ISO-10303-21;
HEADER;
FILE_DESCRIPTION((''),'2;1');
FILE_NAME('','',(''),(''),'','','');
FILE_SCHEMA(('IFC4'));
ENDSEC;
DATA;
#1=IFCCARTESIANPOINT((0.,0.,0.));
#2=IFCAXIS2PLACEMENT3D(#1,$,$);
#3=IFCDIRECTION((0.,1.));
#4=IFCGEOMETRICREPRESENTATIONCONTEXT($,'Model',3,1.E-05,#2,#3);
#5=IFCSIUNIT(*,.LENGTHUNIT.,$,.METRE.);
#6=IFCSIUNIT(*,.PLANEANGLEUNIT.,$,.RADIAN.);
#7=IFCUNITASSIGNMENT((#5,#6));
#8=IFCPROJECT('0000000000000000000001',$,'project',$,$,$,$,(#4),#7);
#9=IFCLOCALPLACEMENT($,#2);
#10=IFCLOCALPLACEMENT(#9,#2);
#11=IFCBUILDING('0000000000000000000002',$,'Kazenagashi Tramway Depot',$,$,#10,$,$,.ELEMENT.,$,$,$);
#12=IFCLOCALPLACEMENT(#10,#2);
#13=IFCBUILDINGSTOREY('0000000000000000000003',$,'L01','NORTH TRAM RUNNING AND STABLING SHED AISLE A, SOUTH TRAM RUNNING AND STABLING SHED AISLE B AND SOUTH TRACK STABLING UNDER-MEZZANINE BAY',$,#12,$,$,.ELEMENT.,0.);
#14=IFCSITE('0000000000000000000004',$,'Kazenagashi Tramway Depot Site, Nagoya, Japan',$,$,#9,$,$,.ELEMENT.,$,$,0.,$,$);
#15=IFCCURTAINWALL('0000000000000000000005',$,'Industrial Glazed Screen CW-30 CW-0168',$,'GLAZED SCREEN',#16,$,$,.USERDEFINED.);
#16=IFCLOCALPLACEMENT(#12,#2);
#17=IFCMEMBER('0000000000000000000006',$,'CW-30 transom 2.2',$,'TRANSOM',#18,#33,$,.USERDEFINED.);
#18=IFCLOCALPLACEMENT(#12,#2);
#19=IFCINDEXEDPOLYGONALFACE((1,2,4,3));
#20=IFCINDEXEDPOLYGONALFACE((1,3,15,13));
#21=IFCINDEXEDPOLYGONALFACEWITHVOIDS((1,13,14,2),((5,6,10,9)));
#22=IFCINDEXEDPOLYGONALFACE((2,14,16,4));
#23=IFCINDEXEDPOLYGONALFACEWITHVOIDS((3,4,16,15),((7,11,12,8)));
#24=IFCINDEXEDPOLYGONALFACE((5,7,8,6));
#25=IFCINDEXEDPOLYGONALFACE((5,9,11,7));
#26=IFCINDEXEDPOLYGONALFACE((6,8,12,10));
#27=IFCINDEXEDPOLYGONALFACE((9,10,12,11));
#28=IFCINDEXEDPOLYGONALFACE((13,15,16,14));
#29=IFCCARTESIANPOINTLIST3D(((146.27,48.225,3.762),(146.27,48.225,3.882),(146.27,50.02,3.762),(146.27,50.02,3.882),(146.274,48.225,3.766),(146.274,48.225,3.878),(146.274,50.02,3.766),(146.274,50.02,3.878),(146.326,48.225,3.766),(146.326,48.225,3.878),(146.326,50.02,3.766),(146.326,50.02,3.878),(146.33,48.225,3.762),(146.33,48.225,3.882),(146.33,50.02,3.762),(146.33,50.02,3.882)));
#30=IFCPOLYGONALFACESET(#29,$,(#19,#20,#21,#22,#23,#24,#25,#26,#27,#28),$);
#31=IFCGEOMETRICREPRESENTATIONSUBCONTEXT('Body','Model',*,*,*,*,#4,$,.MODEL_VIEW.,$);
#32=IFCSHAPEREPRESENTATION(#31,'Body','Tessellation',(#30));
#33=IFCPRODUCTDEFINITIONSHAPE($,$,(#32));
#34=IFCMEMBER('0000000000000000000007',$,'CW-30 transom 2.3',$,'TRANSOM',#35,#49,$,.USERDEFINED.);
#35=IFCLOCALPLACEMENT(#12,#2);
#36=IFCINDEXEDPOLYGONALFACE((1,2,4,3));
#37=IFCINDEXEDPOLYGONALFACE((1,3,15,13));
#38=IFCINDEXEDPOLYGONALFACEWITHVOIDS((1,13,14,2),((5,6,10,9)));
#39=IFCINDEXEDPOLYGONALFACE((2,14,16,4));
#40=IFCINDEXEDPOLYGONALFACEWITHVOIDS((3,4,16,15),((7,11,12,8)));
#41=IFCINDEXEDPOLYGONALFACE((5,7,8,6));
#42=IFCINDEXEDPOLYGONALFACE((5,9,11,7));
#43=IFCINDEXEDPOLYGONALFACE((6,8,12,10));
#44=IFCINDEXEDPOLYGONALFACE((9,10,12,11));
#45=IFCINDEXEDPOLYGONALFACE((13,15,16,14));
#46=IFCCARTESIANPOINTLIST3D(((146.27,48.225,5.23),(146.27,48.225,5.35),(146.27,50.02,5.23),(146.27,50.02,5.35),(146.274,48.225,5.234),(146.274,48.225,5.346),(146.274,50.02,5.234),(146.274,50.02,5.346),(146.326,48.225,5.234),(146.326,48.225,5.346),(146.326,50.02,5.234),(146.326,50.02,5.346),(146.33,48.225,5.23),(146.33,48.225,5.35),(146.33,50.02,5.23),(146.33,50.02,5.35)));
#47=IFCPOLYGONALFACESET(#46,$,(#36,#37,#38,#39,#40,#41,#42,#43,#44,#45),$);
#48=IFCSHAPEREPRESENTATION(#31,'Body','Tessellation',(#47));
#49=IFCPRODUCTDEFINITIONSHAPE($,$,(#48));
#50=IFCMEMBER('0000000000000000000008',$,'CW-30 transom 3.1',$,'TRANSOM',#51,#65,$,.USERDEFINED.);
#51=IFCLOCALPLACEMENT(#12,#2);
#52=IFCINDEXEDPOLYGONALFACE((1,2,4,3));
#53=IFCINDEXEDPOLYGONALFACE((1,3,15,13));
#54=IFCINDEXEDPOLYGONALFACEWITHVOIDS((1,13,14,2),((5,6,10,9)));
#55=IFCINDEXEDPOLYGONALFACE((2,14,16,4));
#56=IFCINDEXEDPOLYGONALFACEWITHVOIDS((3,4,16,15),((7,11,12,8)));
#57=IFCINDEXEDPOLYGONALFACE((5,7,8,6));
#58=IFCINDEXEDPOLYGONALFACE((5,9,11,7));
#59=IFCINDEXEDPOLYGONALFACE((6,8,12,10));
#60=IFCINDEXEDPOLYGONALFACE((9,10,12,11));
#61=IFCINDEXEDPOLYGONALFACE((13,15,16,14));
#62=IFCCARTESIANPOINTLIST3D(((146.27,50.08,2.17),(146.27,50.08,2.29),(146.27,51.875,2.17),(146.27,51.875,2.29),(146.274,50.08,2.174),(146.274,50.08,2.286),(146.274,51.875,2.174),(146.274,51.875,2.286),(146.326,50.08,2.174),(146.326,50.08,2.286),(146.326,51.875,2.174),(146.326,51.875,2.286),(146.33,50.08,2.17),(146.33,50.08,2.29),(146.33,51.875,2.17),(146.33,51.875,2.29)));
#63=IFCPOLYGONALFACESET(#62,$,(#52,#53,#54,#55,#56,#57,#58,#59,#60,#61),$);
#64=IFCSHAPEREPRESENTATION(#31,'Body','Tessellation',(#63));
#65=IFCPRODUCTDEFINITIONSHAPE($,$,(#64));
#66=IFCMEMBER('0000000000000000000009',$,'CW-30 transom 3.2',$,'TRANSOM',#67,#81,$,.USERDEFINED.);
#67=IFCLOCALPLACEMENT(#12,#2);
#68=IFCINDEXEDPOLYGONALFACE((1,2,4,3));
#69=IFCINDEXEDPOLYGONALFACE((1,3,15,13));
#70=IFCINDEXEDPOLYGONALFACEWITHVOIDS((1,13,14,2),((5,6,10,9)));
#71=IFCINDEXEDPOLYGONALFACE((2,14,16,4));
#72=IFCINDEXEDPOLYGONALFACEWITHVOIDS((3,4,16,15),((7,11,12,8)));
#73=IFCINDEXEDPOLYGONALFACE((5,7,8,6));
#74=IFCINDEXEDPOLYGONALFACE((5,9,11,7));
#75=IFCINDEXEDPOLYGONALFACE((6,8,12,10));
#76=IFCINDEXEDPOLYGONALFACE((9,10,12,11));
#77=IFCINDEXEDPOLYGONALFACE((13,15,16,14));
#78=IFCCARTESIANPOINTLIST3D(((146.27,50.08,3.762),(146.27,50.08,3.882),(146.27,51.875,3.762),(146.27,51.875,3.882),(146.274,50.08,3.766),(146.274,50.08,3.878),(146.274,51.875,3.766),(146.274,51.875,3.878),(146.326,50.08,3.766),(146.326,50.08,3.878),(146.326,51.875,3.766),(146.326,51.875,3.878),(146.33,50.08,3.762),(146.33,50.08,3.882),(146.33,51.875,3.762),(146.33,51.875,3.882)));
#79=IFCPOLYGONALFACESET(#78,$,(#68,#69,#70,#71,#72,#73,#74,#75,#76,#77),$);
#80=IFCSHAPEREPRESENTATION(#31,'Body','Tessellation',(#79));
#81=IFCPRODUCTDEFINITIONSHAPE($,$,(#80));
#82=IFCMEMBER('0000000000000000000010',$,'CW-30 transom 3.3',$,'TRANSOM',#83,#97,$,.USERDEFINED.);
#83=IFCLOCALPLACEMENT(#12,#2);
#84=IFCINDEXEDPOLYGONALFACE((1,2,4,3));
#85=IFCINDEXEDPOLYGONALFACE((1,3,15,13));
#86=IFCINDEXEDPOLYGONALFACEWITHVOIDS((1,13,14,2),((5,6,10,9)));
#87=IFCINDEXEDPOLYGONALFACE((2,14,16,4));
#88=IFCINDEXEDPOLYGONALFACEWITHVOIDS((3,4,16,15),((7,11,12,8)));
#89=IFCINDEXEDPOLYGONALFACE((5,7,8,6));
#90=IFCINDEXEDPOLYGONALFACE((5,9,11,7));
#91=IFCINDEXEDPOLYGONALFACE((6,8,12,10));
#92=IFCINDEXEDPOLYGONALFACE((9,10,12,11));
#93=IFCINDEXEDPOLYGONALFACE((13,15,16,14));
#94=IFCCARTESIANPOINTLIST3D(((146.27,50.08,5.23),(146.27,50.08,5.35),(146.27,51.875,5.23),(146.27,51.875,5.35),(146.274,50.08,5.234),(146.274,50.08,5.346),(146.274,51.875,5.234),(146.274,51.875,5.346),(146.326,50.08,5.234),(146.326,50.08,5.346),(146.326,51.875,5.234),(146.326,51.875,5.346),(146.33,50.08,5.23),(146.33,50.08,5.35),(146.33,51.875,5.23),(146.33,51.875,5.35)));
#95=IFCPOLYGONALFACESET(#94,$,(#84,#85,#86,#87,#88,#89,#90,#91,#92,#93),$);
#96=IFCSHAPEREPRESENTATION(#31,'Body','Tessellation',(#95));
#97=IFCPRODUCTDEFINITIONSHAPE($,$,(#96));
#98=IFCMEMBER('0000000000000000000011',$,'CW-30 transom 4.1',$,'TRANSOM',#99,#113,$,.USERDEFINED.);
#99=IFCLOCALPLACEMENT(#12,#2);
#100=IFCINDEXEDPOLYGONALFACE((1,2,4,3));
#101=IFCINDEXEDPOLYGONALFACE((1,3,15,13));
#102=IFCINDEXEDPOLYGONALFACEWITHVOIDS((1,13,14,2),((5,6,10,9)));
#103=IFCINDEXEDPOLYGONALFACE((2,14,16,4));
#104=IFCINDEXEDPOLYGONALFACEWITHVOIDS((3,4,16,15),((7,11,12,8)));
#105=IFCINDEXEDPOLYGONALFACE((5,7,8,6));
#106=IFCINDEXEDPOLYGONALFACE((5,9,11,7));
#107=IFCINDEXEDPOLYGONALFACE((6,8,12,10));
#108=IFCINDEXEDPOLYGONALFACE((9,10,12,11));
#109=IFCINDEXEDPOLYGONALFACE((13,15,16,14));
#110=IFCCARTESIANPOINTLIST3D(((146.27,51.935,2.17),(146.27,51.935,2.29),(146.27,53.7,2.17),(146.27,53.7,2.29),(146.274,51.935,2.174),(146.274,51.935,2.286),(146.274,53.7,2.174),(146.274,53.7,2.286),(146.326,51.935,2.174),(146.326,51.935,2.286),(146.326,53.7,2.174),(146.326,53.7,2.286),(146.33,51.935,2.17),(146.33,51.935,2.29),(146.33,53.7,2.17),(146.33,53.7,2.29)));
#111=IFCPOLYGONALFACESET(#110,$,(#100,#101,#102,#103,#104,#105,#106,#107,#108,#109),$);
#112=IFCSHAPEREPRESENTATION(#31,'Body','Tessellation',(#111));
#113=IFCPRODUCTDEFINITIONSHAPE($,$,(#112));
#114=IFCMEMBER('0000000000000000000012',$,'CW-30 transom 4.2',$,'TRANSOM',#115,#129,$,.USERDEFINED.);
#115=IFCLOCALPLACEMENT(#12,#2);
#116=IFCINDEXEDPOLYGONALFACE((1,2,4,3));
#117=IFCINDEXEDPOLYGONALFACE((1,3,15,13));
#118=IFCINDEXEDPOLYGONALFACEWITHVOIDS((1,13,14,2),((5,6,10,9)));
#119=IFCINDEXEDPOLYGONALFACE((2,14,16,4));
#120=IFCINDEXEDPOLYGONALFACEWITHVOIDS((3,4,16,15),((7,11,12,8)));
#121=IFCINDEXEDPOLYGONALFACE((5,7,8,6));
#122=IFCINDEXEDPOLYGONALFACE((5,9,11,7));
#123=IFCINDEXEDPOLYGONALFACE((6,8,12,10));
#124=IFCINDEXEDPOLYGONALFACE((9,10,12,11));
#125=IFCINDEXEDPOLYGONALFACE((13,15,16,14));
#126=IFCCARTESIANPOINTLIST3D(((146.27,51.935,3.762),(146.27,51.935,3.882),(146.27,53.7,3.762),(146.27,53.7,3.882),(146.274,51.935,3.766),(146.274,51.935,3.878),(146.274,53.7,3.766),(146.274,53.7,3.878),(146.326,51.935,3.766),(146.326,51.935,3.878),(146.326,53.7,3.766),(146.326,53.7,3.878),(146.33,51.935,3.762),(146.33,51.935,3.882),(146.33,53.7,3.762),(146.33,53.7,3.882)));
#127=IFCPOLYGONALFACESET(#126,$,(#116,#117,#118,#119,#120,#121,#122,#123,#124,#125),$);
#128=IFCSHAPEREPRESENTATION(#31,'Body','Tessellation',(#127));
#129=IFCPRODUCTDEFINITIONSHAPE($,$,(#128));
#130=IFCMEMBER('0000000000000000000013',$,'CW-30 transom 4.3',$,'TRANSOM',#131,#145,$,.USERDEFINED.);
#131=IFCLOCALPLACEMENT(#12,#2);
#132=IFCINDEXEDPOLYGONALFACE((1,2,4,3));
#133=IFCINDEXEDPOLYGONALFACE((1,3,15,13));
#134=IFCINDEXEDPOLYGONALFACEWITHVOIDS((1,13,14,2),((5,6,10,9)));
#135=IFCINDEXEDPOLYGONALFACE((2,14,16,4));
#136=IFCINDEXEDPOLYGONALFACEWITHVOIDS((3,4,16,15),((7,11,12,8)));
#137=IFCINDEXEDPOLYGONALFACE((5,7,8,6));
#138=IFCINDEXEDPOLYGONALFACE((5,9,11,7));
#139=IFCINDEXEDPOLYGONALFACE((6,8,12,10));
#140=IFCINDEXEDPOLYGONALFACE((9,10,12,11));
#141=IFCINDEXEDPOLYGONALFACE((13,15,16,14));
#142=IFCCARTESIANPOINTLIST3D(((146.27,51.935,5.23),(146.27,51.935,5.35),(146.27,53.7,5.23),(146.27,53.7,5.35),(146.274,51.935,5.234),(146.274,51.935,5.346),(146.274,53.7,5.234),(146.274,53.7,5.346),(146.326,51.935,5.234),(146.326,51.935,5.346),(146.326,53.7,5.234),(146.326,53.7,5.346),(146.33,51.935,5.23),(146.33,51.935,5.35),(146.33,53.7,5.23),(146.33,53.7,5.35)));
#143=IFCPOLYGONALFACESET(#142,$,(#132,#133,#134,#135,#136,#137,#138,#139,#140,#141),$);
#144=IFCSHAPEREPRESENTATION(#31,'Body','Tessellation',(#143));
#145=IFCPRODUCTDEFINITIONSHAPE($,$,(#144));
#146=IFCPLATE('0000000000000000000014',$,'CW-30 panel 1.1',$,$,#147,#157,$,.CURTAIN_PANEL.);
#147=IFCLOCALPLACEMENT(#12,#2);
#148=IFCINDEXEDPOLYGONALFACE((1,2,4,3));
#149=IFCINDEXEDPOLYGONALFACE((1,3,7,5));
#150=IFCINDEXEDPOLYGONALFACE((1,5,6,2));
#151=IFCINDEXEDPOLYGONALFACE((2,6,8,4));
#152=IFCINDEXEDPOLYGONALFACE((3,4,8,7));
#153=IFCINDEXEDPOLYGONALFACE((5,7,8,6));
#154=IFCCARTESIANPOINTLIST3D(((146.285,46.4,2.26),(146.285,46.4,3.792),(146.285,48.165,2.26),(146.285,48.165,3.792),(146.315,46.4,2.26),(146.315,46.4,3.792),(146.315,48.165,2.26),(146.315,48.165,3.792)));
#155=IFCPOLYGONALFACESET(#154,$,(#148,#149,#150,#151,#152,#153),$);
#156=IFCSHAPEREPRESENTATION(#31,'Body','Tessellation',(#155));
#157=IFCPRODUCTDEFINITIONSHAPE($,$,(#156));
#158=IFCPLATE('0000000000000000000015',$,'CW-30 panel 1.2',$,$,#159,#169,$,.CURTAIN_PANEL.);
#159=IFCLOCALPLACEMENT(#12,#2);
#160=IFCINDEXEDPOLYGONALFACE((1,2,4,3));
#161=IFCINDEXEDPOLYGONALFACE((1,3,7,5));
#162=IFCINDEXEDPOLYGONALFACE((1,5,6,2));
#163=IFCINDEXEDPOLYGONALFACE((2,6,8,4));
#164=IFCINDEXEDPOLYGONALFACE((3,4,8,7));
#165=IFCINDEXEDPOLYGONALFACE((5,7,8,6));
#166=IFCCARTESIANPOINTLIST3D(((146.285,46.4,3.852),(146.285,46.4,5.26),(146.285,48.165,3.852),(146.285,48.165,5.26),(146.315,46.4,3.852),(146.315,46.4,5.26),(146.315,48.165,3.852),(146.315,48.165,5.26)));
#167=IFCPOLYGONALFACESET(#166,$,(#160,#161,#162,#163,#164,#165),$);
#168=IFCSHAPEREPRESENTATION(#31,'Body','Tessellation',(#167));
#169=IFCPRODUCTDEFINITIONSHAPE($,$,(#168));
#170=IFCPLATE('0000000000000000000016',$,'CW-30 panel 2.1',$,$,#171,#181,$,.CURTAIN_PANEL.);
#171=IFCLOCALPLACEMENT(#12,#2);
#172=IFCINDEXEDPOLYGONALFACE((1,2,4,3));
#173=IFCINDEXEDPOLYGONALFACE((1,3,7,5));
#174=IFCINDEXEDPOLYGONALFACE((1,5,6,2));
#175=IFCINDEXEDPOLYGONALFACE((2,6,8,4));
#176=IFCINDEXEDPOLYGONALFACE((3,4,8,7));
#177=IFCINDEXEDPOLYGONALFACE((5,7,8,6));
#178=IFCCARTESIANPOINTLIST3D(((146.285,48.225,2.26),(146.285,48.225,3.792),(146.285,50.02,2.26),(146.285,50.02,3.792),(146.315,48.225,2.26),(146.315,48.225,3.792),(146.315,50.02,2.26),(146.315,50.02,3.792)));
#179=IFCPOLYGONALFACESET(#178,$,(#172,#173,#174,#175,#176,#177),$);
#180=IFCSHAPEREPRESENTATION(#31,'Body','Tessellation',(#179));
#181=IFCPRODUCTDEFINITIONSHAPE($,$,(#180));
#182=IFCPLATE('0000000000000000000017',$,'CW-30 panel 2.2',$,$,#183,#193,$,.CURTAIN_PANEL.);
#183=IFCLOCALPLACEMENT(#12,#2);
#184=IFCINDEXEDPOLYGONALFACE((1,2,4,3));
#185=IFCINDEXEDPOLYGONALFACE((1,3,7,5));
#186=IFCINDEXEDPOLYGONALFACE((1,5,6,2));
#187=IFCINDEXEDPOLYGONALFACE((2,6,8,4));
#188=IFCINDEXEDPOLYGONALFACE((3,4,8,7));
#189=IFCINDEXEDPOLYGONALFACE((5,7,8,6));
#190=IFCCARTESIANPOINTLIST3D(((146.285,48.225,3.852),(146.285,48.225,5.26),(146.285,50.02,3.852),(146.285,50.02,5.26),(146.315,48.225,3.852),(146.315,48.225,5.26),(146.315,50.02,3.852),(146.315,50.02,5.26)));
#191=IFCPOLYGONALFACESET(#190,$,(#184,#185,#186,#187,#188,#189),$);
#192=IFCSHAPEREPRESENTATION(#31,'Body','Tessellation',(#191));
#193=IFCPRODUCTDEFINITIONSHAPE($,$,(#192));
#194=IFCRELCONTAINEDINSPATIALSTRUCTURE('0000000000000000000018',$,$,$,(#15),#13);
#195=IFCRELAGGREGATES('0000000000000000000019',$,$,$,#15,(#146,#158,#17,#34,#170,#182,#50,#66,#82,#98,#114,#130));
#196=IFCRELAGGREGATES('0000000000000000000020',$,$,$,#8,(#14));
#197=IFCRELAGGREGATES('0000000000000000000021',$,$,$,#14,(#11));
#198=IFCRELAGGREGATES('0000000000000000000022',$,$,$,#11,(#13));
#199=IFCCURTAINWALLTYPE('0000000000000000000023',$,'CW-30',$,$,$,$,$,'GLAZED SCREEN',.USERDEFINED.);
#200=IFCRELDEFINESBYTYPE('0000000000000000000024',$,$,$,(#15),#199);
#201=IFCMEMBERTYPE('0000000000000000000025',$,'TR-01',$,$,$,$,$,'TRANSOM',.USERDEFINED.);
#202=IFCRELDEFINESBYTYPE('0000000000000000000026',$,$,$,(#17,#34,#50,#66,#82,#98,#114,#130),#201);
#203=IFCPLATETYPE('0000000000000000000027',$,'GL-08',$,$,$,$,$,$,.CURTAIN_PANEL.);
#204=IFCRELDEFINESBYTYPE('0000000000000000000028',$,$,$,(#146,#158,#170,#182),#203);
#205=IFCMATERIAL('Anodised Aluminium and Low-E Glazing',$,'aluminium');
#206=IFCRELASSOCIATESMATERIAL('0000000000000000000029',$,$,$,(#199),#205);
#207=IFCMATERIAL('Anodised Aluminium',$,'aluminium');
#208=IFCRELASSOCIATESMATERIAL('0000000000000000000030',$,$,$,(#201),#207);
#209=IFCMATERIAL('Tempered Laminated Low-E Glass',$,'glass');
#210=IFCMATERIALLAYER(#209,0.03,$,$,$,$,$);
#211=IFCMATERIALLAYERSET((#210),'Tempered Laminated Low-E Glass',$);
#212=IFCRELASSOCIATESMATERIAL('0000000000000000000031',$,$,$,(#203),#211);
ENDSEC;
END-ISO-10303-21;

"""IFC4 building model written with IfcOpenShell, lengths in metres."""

from ifc_helpers import new_model, si_unit, direction, frame, origin, origin_2d, place, context, subcontext, project, spatial, rectangle, hollow_rectangle, extrude, material, layer, layer_set, material_profile, profile_set, type_object, element, aggregate, save


model = new_model("IFC4")

# Units and contexts
model_context = context("Model", 3, precision=1e-05, world=origin(), true_north=direction((0.0, 1.0)))
body_context = subcontext(model_context, "Body", "Model", "MODEL_VIEW")
ifc_project = project(units=[si_unit("LENGTHUNIT", "METRE"), si_unit("PLANEANGLEUNIT", "RADIAN")], contexts=[model_context])

# Site, building, storey
site_placement = place(None, origin())
site = spatial("IfcSite", under=ifc_project, at=site_placement, Name="Kazenagashi Tramway Depot Site, Nagoya, Japan", CompositionType="ELEMENT", RefElevation=0.0)
building_placement = place(site_placement, origin())
building = spatial("IfcBuilding", under=site, at=building_placement, Name="Kazenagashi Tramway Depot", CompositionType="ELEMENT")
storey_placement = place(building_placement, origin())
storey = spatial("IfcBuildingStorey", under=building, at=storey_placement, Name="L01", Description="NORTH TRAM RUNNING AND STABLING SHED AISLE A, SOUTH TRAM RUNNING AND STABLING SHED AISLE B AND SOUTH TRACK STABLING UNDER-MEZZANINE BAY", CompositionType="ELEMENT", Elevation=0.0)

# Shared definitions
ifc_material_1 = material(Name="Anodised Aluminium and Low-E Glazing", Category="aluminium")
curtain_wall_type = type_object("IfcCurtainWallType", Name="CW-30", ElementType="GLAZED SCREEN", PredefinedType="USERDEFINED", material=ifc_material_1)
ifc_material_2 = material(Name="Anodised Aluminium", Category="aluminium")

# Curtain wall, members, plates
curtain_wall_1_placement = place(storey_placement, origin())
curtain_wall_1 = element("IfcCurtainWall", 1, at=curtain_wall_1_placement, inside=storey, type_object=curtain_wall_type, Name="Industrial Glazed Screen CW-30 CW-0168", ObjectType="GLAZED SCREEN", PredefinedType="USERDEFINED")
ifc_material_profile_1 = material_profile(ifc_material_2, hollow_rectangle(XDim=0.06, YDim=0.12, WallThickness=0.004, at=origin_2d()), Name="RHS-120x60x4")
ifc_profile_set_1 = profile_set([ifc_material_profile_1], Name="Anodised Aluminium")
member_type_1 = type_object("IfcMemberType", Name="TR-01", ElementType="TRANSOM", PredefinedType="USERDEFINED", material=ifc_profile_set_1)
member_1_placement = place(storey_placement, frame((146.3, 48.225, 3.822), z_axis=(0.0, 1.0, 0.0), x_axis=(-1.0, 0.0, 0.0)))
member_1 = element("IfcMember", 2, at=member_1_placement, type_object=member_type_1, Name="CW-30 transom 2.2", ObjectType="TRANSOM", PredefinedType="USERDEFINED", context=body_context, shape_type="SweptSolid", body=[
    extrude(hollow_rectangle(XDim=0.06, YDim=0.12, WallThickness=0.004, at=origin_2d()), origin(), (0.0, 0.0, 1.0), 1.795),
])
member_2_placement = place(storey_placement, frame((146.3, 48.225, 5.29), z_axis=(0.0, 1.0, 0.0), x_axis=(-1.0, 0.0, 0.0)))
member_2 = element("IfcMember", 3, at=member_2_placement, type_object=member_type_1, Name="CW-30 transom 2.3", ObjectType="TRANSOM", PredefinedType="USERDEFINED", context=body_context, shape_type="SweptSolid", body=[
    extrude(hollow_rectangle(XDim=0.06, YDim=0.12, WallThickness=0.004, at=origin_2d()), origin(), (0.0, 0.0, 1.0), 1.795),
])
member_3_placement = place(storey_placement, frame((146.3, 50.08, 2.23), z_axis=(0.0, 1.0, 0.0), x_axis=(-1.0, 0.0, 0.0)))
member_3 = element("IfcMember", 4, at=member_3_placement, type_object=member_type_1, Name="CW-30 transom 3.1", ObjectType="TRANSOM", PredefinedType="USERDEFINED", context=body_context, shape_type="SweptSolid", body=[
    extrude(hollow_rectangle(XDim=0.06, YDim=0.12, WallThickness=0.004, at=origin_2d()), origin(), (0.0, 0.0, 1.0), 1.795),
])
member_4_placement = place(storey_placement, frame((146.3, 50.08, 3.822), z_axis=(0.0, 1.0, 0.0), x_axis=(-1.0, 0.0, 0.0)))
member_4 = element("IfcMember", 5, at=member_4_placement, type_object=member_type_1, Name="CW-30 transom 3.2", ObjectType="TRANSOM", PredefinedType="USERDEFINED", context=body_context, shape_type="SweptSolid", body=[
    extrude(hollow_rectangle(XDim=0.06, YDim=0.12, WallThickness=0.004, at=origin_2d()), origin(), (0.0, 0.0, 1.0), 1.795),
])
member_5_placement = place(storey_placement, frame((146.3, 50.08, 5.29), z_axis=(0.0, 1.0, 0.0), x_axis=(-1.0, 0.0, 0.0)))
member_5 = element("IfcMember", 6, at=member_5_placement, type_object=member_type_1, Name="CW-30 transom 3.3", ObjectType="TRANSOM", PredefinedType="USERDEFINED", context=body_context, shape_type="SweptSolid", body=[
    extrude(hollow_rectangle(XDim=0.06, YDim=0.12, WallThickness=0.004, at=origin_2d()), origin(), (0.0, 0.0, 1.0), 1.795),
])
member_6_placement = place(storey_placement, frame((146.3, 51.935, 2.23), z_axis=(0.0, 1.0, 0.0), x_axis=(-1.0, 0.0, 0.0)))
member_6 = element("IfcMember", 7, at=member_6_placement, type_object=member_type_1, Name="CW-30 transom 4.1", ObjectType="TRANSOM", PredefinedType="USERDEFINED", context=body_context, shape_type="SweptSolid", body=[
    extrude(hollow_rectangle(XDim=0.06, YDim=0.12, WallThickness=0.004, at=origin_2d()), origin(), (0.0, 0.0, 1.0), 1.765),
])
member_7_placement = place(storey_placement, frame((146.3, 51.935, 3.822), z_axis=(0.0, 1.0, 0.0), x_axis=(-1.0, 0.0, 0.0)))
member_7 = element("IfcMember", 8, at=member_7_placement, type_object=member_type_1, Name="CW-30 transom 4.2", ObjectType="TRANSOM", PredefinedType="USERDEFINED", context=body_context, shape_type="SweptSolid", body=[
    extrude(hollow_rectangle(XDim=0.06, YDim=0.12, WallThickness=0.004, at=origin_2d()), origin(), (0.0, 0.0, 1.0), 1.765),
])
member_8_placement = place(storey_placement, frame((146.3, 51.935, 5.29), z_axis=(0.0, 1.0, 0.0), x_axis=(-1.0, 0.0, 0.0)))
member_8 = element("IfcMember", 9, at=member_8_placement, type_object=member_type_1, Name="CW-30 transom 4.3", ObjectType="TRANSOM", PredefinedType="USERDEFINED", context=body_context, shape_type="SweptSolid", body=[
    extrude(hollow_rectangle(XDim=0.06, YDim=0.12, WallThickness=0.004, at=origin_2d()), origin(), (0.0, 0.0, 1.0), 1.765),
])
ifc_material_3 = material(Name="Tempered Laminated Low-E Glass", Category="glass")
ifc_layer_1 = layer(ifc_material_3, 0.03)
ifc_layer_set_1 = layer_set([ifc_layer_1], Name="Tempered Laminated Low-E Glass")
plate_type = type_object("IfcPlateType", Name="GL-08", PredefinedType="CURTAIN_PANEL", material=ifc_layer_set_1)
plate_1_placement = place(storey_placement, frame((146.3, 47.2825, 2.26), z_axis=(0.0, 0.0, 1.0), x_axis=(0.0, 1.0, 0.0)))
plate_1 = element("IfcPlate", 10, at=plate_1_placement, type_object=plate_type, Name="CW-30 panel 1.1", PredefinedType="CURTAIN_PANEL", context=body_context, shape_type="SweptSolid", body=[
    extrude(rectangle(XDim=1.765, YDim=0.03, at=origin_2d()), origin(), (0.0, 0.0, 1.0), 1.532),
])
plate_2_placement = place(storey_placement, frame((146.3, 47.2825, 3.852), z_axis=(0.0, 0.0, 1.0), x_axis=(0.0, 1.0, 0.0)))
plate_2 = element("IfcPlate", 11, at=plate_2_placement, type_object=plate_type, Name="CW-30 panel 1.2", PredefinedType="CURTAIN_PANEL", context=body_context, shape_type="SweptSolid", body=[
    extrude(rectangle(XDim=1.765, YDim=0.03, at=origin_2d()), origin(), (0.0, 0.0, 1.0), 1.408),
])
plate_3_placement = place(storey_placement, frame((146.3, 49.1225, 2.26), z_axis=(0.0, 0.0, 1.0), x_axis=(0.0, 1.0, 0.0)))
plate_3 = element("IfcPlate", 12, at=plate_3_placement, type_object=plate_type, Name="CW-30 panel 2.1", PredefinedType="CURTAIN_PANEL", context=body_context, shape_type="SweptSolid", body=[
    extrude(rectangle(XDim=1.795, YDim=0.03, at=origin_2d()), origin(), (0.0, 0.0, 1.0), 1.532),
])
plate_4_placement = place(storey_placement, frame((146.3, 49.1225, 3.852), z_axis=(0.0, 0.0, 1.0), x_axis=(0.0, 1.0, 0.0)))
plate_4 = element("IfcPlate", 13, at=plate_4_placement, type_object=plate_type, Name="CW-30 panel 2.2", PredefinedType="CURTAIN_PANEL", context=body_context, shape_type="SweptSolid", body=[
    extrude(rectangle(XDim=1.795, YDim=0.03, at=origin_2d()), origin(), (0.0, 0.0, 1.0), 1.408),
])
aggregate(curtain_wall_1, [plate_1, plate_2, member_1, member_2, plate_3, plate_4, member_3, member_4, member_5, member_6, member_7, member_8])

save(model, "model.ifc")
